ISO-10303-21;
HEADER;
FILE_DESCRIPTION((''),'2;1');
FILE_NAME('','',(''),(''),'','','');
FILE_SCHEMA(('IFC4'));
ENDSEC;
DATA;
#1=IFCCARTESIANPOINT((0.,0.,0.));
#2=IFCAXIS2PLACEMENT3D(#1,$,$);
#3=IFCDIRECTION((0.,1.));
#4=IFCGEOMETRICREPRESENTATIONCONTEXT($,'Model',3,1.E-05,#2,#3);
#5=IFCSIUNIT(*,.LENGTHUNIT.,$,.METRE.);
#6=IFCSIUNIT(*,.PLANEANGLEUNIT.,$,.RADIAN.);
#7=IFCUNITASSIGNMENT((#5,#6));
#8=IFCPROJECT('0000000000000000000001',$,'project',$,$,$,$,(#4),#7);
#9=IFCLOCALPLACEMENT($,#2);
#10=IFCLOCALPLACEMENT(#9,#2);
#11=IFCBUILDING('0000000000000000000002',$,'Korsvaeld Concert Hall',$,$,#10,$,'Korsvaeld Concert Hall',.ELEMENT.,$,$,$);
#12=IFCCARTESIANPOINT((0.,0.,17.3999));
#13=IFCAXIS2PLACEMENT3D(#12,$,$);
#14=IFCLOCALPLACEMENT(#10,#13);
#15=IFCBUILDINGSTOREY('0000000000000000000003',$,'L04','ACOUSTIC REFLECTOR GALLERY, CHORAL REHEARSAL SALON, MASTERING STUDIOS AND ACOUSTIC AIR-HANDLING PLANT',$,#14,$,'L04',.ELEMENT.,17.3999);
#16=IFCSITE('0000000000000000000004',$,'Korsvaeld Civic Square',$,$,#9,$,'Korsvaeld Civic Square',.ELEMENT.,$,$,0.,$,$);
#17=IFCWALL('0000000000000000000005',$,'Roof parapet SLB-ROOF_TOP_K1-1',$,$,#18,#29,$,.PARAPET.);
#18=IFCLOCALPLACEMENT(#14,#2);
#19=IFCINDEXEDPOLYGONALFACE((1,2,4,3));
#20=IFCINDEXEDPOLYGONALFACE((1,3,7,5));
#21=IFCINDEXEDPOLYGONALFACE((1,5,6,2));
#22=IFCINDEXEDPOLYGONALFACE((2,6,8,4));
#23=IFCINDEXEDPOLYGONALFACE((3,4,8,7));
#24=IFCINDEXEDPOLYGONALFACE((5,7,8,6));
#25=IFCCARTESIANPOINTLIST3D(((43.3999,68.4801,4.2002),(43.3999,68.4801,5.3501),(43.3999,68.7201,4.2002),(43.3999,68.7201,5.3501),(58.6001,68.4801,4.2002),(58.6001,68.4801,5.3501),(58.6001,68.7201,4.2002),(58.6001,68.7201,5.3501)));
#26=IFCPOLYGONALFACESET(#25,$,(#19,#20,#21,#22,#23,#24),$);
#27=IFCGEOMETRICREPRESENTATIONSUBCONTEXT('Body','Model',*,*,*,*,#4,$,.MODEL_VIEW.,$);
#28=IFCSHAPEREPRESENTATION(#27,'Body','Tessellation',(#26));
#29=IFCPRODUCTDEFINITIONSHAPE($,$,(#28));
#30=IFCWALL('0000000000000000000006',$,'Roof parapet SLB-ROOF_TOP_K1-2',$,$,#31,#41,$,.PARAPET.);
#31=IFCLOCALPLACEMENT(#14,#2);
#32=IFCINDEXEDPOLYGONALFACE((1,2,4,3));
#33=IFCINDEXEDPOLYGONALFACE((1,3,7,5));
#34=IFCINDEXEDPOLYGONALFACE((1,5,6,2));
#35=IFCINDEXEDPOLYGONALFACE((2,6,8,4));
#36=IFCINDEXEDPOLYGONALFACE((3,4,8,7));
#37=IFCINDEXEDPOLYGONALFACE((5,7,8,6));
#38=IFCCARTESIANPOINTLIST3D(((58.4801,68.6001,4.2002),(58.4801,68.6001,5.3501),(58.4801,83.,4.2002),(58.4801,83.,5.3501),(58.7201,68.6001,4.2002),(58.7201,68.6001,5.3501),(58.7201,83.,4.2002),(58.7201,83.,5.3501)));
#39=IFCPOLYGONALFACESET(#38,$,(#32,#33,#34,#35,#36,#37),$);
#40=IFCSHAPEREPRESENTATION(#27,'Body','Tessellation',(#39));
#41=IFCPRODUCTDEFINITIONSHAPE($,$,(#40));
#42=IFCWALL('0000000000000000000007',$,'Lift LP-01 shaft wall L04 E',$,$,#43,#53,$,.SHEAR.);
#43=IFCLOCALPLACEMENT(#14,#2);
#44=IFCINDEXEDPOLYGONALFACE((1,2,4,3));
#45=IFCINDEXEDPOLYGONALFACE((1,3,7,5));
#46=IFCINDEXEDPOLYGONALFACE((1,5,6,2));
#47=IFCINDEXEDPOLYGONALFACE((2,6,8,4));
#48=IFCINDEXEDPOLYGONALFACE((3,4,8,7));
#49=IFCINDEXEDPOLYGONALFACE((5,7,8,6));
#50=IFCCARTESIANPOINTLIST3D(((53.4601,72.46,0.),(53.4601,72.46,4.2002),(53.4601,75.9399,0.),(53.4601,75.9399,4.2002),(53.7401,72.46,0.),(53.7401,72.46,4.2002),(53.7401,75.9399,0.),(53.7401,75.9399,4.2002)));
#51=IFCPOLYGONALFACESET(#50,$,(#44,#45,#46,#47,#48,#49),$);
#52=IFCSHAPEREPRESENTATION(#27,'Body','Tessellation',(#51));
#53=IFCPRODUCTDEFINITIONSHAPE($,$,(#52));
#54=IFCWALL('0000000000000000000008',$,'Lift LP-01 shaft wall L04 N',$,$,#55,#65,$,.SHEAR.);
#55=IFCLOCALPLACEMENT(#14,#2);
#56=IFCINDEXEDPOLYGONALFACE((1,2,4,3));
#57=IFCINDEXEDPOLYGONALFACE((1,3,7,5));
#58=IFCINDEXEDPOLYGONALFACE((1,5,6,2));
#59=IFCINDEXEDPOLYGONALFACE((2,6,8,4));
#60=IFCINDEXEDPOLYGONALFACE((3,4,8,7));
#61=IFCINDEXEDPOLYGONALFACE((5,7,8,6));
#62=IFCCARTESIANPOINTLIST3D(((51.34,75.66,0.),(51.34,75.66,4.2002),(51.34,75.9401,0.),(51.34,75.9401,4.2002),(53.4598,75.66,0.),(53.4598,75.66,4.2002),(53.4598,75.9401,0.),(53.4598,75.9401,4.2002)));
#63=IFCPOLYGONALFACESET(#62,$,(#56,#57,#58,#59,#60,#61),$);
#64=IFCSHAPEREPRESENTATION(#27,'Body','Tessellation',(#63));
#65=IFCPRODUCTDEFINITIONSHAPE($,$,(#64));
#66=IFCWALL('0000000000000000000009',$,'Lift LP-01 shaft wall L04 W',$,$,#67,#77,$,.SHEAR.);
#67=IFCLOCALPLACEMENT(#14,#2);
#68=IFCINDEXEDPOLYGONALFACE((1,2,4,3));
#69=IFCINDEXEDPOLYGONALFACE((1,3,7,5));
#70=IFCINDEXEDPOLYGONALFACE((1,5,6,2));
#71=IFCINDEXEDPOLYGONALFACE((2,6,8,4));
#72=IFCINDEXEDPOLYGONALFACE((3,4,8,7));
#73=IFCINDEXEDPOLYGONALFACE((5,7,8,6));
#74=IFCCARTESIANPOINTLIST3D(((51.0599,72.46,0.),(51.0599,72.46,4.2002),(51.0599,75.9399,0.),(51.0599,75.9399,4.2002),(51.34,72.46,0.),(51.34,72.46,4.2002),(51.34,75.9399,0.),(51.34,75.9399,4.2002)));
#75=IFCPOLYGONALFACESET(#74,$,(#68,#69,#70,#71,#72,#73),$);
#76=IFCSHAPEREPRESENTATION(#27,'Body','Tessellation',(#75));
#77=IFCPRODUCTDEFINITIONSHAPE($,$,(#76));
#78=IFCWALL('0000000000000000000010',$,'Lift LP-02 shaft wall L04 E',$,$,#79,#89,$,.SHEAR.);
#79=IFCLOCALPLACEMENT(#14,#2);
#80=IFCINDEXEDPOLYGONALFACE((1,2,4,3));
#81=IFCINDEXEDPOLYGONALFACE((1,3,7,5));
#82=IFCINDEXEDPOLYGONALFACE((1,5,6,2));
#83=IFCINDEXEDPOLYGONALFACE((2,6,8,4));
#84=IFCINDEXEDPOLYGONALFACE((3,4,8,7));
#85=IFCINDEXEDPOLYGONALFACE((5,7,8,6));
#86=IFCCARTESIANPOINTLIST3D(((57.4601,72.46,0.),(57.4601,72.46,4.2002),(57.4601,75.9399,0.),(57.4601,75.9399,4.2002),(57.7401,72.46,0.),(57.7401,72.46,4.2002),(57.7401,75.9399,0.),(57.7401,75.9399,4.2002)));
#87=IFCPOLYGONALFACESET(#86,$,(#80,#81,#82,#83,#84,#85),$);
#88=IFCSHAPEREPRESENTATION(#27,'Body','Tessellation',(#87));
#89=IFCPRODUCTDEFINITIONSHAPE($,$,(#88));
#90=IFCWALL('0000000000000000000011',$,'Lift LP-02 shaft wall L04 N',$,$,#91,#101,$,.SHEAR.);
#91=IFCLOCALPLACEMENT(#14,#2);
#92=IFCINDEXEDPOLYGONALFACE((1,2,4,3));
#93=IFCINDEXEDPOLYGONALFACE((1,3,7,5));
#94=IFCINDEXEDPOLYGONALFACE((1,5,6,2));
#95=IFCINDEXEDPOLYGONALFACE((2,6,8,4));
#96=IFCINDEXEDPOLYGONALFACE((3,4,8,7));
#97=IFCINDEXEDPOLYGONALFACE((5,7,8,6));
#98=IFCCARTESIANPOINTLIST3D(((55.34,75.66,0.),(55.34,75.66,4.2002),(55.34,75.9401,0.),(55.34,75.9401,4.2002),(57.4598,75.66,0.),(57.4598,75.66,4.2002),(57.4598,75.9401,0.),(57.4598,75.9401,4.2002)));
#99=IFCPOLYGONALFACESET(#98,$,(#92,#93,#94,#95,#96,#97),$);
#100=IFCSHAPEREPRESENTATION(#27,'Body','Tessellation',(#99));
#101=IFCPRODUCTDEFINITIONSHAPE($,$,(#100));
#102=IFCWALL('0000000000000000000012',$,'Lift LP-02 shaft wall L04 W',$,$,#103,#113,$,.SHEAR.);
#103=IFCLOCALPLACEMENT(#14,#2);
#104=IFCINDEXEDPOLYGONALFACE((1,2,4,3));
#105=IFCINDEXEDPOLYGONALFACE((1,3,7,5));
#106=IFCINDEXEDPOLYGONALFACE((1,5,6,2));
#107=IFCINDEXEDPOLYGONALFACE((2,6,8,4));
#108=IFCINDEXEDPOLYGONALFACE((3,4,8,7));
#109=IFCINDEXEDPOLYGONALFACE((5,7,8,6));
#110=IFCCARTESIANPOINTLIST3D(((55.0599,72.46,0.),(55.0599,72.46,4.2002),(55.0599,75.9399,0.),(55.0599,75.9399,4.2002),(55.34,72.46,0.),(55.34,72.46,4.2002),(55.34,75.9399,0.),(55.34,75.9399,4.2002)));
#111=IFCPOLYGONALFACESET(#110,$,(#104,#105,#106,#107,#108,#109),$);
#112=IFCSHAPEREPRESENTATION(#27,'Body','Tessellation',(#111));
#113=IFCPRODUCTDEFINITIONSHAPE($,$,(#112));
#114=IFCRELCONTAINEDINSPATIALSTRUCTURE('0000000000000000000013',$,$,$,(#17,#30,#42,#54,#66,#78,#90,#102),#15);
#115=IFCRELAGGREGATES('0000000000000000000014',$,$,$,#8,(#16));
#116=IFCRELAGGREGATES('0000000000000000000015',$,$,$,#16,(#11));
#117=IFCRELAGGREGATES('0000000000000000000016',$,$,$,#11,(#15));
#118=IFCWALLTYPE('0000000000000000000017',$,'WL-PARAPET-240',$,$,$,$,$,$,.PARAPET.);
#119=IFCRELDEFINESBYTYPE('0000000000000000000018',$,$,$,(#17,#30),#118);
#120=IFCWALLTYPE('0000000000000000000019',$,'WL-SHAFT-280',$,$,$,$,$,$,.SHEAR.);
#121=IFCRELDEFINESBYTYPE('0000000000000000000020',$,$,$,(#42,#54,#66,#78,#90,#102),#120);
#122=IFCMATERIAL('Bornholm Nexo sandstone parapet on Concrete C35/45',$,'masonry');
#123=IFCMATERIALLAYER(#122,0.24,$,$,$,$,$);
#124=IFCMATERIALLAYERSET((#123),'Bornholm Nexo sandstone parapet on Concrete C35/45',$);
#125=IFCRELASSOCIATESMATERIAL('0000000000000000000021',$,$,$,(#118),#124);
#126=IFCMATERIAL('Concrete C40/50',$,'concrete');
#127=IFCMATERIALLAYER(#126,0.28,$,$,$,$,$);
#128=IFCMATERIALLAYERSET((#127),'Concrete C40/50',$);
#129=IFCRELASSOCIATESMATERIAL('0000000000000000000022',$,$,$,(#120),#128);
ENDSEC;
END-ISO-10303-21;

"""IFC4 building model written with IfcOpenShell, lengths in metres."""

from ifc_helpers import new_model, si_unit, direction, frame, frame_2d, origin, place, context, subcontext, project, spatial, rectangle, extrude, material, layer, layer_set, type_object, element, save


model = new_model("IFC4")

# Units and contexts
model_context = context("Model", 3, precision=1e-05, world=origin(), true_north=direction((0.0, 1.0)))
body_context = subcontext(model_context, "Body", "Model", "MODEL_VIEW")
ifc_project = project(units=[si_unit("LENGTHUNIT", "METRE"), si_unit("PLANEANGLEUNIT", "RADIAN")], contexts=[model_context])

# Site, building, storey
site_placement = place(None, origin())
site = spatial("IfcSite", under=ifc_project, at=site_placement, Name="Korsvaeld Civic Square", LongName="Korsvaeld Civic Square", CompositionType="ELEMENT", RefElevation=0.0)
building_placement = place(site_placement, origin())
building = spatial("IfcBuilding", under=site, at=building_placement, Name="Korsvaeld Concert Hall", LongName="Korsvaeld Concert Hall", CompositionType="ELEMENT")
storey_placement = place(building_placement, frame((0.0, 0.0, 17.3999)))
storey = spatial("IfcBuildingStorey", under=building, at=storey_placement, Name="L04", Description="ACOUSTIC REFLECTOR GALLERY, CHORAL REHEARSAL SALON, MASTERING STUDIOS AND ACOUSTIC AIR-HANDLING PLANT", LongName="L04", CompositionType="ELEMENT", Elevation=17.3999)

# Shared definitions
ifc_material_1 = material(Name="Concrete C40/50", Category="concrete")

# Walls
ifc_material_2 = material(Name="Bornholm Nexo sandstone parapet on Concrete C35/45", Category="masonry")
ifc_layer_1 = layer(ifc_material_2, 0.24)
ifc_layer_set_1 = layer_set([ifc_layer_1], Name="Bornholm Nexo sandstone parapet on Concrete C35/45")
wall_type_1 = type_object("IfcWallType", Name="WL-PARAPET-240", PredefinedType="PARAPET", material=ifc_layer_set_1)
wall_1_placement = place(storey_placement, frame((43.3999, 68.6001, 4.2002), z_axis=(0.0, 0.0, 1.0), x_axis=(1.0, 0.0, 0.0)))
element("IfcWall", 1, at=wall_1_placement, inside=storey, type_object=wall_type_1, Name="Roof parapet SLB-ROOF_TOP_K1-1", PredefinedType="PARAPET", context=body_context, shape_type="SweptSolid", body=[
    extrude(rectangle(XDim=15.2002, YDim=0.24, at=frame_2d((7.6001, 0.0))), origin(), (0.0, 0.0, 1.0), 1.1499),
])
wall_2_placement = place(storey_placement, frame((58.6001, 68.6001, 4.2002), z_axis=(0.0, 0.0, 1.0), x_axis=(0.0, 1.0, 0.0)))
element("IfcWall", 2, at=wall_2_placement, inside=storey, type_object=wall_type_1, Name="Roof parapet SLB-ROOF_TOP_K1-2", PredefinedType="PARAPET", context=body_context, shape_type="SweptSolid", body=[
    extrude(rectangle(XDim=14.3999, YDim=0.24, at=frame_2d((7.2, 0.0))), origin(), (0.0, 0.0, 1.0), 1.1499),
])

# Shared definitions
ifc_layer_2 = layer(ifc_material_1, 0.28)
ifc_layer_set_2 = layer_set([ifc_layer_2], Name="Concrete C40/50")
wall_type_2 = type_object("IfcWallType", Name="WL-SHAFT-280", PredefinedType="SHEAR", material=ifc_layer_set_2)

# Walls
wall_3_placement = place(storey_placement, frame((53.6001, 72.46, 0.0), z_axis=(0.0, 0.0, 1.0), x_axis=(0.0, 1.0, 0.0)))
element("IfcWall", 3, at=wall_3_placement, inside=storey, type_object=wall_type_2, Name="Lift LP-01 shaft wall L04 E", PredefinedType="SHEAR", context=body_context, shape_type="SweptSolid", body=[
    extrude(rectangle(XDim=3.48, YDim=0.28, at=frame_2d((1.74, 0.0))), origin(), (0.0, 0.0, 1.0), 4.2002),
])
wall_4_placement = place(storey_placement, frame((53.46, 75.8, 0.0), z_axis=(0.0, 0.0, 1.0), x_axis=(-1.0, 0.0, 0.0)))
element("IfcWall", 4, at=wall_4_placement, inside=storey, type_object=wall_type_2, Name="Lift LP-01 shaft wall L04 N", PredefinedType="SHEAR", context=body_context, shape_type="SweptSolid", body=[
    extrude(rectangle(XDim=2.1199, YDim=0.28, at=frame_2d((1.0601, 0.0))), origin(), (0.0, 0.0, 1.0), 4.2002),
])
wall_5_placement = place(storey_placement, frame((51.2, 75.9399, 0.0), z_axis=(0.0, 0.0, 1.0), x_axis=(0.0, -1.0, 0.0)))
element("IfcWall", 5, at=wall_5_placement, inside=storey, type_object=wall_type_2, Name="Lift LP-01 shaft wall L04 W", PredefinedType="SHEAR", context=body_context, shape_type="SweptSolid", body=[
    extrude(rectangle(XDim=3.48, YDim=0.28, at=frame_2d((1.74, 0.0))), origin(), (0.0, 0.0, 1.0), 4.2002),
])

# Walls
wall_6_placement = place(storey_placement, frame((57.6001, 72.46, 0.0), z_axis=(0.0, 0.0, 1.0), x_axis=(0.0, 1.0, 0.0)))
element("IfcWall", 6, at=wall_6_placement, inside=storey, type_object=wall_type_2, Name="Lift LP-02 shaft wall L04 E", PredefinedType="SHEAR", context=body_context, shape_type="SweptSolid", body=[
    extrude(rectangle(XDim=3.48, YDim=0.28, at=frame_2d((1.74, 0.0))), origin(), (0.0, 0.0, 1.0), 4.2002),
])
wall_7_placement = place(storey_placement, frame((57.46, 75.8, 0.0), z_axis=(0.0, 0.0, 1.0), x_axis=(-1.0, 0.0, 0.0)))
element("IfcWall", 7, at=wall_7_placement, inside=storey, type_object=wall_type_2, Name="Lift LP-02 shaft wall L04 N", PredefinedType="SHEAR", context=body_context, shape_type="SweptSolid", body=[
    extrude(rectangle(XDim=2.1199, YDim=0.28, at=frame_2d((1.0601, 0.0))), origin(), (0.0, 0.0, 1.0), 4.2002),
])
wall_8_placement = place(storey_placement, frame((55.2, 75.9399, 0.0), z_axis=(0.0, 0.0, 1.0), x_axis=(0.0, -1.0, 0.0)))
element("IfcWall", 8, at=wall_8_placement, inside=storey, type_object=wall_type_2, Name="Lift LP-02 shaft wall L04 W", PredefinedType="SHEAR", context=body_context, shape_type="SweptSolid", body=[
    extrude(rectangle(XDim=3.48, YDim=0.28, at=frame_2d((1.74, 0.0))), origin(), (0.0, 0.0, 1.0), 4.2002),
])

save(model, "model.ifc")
